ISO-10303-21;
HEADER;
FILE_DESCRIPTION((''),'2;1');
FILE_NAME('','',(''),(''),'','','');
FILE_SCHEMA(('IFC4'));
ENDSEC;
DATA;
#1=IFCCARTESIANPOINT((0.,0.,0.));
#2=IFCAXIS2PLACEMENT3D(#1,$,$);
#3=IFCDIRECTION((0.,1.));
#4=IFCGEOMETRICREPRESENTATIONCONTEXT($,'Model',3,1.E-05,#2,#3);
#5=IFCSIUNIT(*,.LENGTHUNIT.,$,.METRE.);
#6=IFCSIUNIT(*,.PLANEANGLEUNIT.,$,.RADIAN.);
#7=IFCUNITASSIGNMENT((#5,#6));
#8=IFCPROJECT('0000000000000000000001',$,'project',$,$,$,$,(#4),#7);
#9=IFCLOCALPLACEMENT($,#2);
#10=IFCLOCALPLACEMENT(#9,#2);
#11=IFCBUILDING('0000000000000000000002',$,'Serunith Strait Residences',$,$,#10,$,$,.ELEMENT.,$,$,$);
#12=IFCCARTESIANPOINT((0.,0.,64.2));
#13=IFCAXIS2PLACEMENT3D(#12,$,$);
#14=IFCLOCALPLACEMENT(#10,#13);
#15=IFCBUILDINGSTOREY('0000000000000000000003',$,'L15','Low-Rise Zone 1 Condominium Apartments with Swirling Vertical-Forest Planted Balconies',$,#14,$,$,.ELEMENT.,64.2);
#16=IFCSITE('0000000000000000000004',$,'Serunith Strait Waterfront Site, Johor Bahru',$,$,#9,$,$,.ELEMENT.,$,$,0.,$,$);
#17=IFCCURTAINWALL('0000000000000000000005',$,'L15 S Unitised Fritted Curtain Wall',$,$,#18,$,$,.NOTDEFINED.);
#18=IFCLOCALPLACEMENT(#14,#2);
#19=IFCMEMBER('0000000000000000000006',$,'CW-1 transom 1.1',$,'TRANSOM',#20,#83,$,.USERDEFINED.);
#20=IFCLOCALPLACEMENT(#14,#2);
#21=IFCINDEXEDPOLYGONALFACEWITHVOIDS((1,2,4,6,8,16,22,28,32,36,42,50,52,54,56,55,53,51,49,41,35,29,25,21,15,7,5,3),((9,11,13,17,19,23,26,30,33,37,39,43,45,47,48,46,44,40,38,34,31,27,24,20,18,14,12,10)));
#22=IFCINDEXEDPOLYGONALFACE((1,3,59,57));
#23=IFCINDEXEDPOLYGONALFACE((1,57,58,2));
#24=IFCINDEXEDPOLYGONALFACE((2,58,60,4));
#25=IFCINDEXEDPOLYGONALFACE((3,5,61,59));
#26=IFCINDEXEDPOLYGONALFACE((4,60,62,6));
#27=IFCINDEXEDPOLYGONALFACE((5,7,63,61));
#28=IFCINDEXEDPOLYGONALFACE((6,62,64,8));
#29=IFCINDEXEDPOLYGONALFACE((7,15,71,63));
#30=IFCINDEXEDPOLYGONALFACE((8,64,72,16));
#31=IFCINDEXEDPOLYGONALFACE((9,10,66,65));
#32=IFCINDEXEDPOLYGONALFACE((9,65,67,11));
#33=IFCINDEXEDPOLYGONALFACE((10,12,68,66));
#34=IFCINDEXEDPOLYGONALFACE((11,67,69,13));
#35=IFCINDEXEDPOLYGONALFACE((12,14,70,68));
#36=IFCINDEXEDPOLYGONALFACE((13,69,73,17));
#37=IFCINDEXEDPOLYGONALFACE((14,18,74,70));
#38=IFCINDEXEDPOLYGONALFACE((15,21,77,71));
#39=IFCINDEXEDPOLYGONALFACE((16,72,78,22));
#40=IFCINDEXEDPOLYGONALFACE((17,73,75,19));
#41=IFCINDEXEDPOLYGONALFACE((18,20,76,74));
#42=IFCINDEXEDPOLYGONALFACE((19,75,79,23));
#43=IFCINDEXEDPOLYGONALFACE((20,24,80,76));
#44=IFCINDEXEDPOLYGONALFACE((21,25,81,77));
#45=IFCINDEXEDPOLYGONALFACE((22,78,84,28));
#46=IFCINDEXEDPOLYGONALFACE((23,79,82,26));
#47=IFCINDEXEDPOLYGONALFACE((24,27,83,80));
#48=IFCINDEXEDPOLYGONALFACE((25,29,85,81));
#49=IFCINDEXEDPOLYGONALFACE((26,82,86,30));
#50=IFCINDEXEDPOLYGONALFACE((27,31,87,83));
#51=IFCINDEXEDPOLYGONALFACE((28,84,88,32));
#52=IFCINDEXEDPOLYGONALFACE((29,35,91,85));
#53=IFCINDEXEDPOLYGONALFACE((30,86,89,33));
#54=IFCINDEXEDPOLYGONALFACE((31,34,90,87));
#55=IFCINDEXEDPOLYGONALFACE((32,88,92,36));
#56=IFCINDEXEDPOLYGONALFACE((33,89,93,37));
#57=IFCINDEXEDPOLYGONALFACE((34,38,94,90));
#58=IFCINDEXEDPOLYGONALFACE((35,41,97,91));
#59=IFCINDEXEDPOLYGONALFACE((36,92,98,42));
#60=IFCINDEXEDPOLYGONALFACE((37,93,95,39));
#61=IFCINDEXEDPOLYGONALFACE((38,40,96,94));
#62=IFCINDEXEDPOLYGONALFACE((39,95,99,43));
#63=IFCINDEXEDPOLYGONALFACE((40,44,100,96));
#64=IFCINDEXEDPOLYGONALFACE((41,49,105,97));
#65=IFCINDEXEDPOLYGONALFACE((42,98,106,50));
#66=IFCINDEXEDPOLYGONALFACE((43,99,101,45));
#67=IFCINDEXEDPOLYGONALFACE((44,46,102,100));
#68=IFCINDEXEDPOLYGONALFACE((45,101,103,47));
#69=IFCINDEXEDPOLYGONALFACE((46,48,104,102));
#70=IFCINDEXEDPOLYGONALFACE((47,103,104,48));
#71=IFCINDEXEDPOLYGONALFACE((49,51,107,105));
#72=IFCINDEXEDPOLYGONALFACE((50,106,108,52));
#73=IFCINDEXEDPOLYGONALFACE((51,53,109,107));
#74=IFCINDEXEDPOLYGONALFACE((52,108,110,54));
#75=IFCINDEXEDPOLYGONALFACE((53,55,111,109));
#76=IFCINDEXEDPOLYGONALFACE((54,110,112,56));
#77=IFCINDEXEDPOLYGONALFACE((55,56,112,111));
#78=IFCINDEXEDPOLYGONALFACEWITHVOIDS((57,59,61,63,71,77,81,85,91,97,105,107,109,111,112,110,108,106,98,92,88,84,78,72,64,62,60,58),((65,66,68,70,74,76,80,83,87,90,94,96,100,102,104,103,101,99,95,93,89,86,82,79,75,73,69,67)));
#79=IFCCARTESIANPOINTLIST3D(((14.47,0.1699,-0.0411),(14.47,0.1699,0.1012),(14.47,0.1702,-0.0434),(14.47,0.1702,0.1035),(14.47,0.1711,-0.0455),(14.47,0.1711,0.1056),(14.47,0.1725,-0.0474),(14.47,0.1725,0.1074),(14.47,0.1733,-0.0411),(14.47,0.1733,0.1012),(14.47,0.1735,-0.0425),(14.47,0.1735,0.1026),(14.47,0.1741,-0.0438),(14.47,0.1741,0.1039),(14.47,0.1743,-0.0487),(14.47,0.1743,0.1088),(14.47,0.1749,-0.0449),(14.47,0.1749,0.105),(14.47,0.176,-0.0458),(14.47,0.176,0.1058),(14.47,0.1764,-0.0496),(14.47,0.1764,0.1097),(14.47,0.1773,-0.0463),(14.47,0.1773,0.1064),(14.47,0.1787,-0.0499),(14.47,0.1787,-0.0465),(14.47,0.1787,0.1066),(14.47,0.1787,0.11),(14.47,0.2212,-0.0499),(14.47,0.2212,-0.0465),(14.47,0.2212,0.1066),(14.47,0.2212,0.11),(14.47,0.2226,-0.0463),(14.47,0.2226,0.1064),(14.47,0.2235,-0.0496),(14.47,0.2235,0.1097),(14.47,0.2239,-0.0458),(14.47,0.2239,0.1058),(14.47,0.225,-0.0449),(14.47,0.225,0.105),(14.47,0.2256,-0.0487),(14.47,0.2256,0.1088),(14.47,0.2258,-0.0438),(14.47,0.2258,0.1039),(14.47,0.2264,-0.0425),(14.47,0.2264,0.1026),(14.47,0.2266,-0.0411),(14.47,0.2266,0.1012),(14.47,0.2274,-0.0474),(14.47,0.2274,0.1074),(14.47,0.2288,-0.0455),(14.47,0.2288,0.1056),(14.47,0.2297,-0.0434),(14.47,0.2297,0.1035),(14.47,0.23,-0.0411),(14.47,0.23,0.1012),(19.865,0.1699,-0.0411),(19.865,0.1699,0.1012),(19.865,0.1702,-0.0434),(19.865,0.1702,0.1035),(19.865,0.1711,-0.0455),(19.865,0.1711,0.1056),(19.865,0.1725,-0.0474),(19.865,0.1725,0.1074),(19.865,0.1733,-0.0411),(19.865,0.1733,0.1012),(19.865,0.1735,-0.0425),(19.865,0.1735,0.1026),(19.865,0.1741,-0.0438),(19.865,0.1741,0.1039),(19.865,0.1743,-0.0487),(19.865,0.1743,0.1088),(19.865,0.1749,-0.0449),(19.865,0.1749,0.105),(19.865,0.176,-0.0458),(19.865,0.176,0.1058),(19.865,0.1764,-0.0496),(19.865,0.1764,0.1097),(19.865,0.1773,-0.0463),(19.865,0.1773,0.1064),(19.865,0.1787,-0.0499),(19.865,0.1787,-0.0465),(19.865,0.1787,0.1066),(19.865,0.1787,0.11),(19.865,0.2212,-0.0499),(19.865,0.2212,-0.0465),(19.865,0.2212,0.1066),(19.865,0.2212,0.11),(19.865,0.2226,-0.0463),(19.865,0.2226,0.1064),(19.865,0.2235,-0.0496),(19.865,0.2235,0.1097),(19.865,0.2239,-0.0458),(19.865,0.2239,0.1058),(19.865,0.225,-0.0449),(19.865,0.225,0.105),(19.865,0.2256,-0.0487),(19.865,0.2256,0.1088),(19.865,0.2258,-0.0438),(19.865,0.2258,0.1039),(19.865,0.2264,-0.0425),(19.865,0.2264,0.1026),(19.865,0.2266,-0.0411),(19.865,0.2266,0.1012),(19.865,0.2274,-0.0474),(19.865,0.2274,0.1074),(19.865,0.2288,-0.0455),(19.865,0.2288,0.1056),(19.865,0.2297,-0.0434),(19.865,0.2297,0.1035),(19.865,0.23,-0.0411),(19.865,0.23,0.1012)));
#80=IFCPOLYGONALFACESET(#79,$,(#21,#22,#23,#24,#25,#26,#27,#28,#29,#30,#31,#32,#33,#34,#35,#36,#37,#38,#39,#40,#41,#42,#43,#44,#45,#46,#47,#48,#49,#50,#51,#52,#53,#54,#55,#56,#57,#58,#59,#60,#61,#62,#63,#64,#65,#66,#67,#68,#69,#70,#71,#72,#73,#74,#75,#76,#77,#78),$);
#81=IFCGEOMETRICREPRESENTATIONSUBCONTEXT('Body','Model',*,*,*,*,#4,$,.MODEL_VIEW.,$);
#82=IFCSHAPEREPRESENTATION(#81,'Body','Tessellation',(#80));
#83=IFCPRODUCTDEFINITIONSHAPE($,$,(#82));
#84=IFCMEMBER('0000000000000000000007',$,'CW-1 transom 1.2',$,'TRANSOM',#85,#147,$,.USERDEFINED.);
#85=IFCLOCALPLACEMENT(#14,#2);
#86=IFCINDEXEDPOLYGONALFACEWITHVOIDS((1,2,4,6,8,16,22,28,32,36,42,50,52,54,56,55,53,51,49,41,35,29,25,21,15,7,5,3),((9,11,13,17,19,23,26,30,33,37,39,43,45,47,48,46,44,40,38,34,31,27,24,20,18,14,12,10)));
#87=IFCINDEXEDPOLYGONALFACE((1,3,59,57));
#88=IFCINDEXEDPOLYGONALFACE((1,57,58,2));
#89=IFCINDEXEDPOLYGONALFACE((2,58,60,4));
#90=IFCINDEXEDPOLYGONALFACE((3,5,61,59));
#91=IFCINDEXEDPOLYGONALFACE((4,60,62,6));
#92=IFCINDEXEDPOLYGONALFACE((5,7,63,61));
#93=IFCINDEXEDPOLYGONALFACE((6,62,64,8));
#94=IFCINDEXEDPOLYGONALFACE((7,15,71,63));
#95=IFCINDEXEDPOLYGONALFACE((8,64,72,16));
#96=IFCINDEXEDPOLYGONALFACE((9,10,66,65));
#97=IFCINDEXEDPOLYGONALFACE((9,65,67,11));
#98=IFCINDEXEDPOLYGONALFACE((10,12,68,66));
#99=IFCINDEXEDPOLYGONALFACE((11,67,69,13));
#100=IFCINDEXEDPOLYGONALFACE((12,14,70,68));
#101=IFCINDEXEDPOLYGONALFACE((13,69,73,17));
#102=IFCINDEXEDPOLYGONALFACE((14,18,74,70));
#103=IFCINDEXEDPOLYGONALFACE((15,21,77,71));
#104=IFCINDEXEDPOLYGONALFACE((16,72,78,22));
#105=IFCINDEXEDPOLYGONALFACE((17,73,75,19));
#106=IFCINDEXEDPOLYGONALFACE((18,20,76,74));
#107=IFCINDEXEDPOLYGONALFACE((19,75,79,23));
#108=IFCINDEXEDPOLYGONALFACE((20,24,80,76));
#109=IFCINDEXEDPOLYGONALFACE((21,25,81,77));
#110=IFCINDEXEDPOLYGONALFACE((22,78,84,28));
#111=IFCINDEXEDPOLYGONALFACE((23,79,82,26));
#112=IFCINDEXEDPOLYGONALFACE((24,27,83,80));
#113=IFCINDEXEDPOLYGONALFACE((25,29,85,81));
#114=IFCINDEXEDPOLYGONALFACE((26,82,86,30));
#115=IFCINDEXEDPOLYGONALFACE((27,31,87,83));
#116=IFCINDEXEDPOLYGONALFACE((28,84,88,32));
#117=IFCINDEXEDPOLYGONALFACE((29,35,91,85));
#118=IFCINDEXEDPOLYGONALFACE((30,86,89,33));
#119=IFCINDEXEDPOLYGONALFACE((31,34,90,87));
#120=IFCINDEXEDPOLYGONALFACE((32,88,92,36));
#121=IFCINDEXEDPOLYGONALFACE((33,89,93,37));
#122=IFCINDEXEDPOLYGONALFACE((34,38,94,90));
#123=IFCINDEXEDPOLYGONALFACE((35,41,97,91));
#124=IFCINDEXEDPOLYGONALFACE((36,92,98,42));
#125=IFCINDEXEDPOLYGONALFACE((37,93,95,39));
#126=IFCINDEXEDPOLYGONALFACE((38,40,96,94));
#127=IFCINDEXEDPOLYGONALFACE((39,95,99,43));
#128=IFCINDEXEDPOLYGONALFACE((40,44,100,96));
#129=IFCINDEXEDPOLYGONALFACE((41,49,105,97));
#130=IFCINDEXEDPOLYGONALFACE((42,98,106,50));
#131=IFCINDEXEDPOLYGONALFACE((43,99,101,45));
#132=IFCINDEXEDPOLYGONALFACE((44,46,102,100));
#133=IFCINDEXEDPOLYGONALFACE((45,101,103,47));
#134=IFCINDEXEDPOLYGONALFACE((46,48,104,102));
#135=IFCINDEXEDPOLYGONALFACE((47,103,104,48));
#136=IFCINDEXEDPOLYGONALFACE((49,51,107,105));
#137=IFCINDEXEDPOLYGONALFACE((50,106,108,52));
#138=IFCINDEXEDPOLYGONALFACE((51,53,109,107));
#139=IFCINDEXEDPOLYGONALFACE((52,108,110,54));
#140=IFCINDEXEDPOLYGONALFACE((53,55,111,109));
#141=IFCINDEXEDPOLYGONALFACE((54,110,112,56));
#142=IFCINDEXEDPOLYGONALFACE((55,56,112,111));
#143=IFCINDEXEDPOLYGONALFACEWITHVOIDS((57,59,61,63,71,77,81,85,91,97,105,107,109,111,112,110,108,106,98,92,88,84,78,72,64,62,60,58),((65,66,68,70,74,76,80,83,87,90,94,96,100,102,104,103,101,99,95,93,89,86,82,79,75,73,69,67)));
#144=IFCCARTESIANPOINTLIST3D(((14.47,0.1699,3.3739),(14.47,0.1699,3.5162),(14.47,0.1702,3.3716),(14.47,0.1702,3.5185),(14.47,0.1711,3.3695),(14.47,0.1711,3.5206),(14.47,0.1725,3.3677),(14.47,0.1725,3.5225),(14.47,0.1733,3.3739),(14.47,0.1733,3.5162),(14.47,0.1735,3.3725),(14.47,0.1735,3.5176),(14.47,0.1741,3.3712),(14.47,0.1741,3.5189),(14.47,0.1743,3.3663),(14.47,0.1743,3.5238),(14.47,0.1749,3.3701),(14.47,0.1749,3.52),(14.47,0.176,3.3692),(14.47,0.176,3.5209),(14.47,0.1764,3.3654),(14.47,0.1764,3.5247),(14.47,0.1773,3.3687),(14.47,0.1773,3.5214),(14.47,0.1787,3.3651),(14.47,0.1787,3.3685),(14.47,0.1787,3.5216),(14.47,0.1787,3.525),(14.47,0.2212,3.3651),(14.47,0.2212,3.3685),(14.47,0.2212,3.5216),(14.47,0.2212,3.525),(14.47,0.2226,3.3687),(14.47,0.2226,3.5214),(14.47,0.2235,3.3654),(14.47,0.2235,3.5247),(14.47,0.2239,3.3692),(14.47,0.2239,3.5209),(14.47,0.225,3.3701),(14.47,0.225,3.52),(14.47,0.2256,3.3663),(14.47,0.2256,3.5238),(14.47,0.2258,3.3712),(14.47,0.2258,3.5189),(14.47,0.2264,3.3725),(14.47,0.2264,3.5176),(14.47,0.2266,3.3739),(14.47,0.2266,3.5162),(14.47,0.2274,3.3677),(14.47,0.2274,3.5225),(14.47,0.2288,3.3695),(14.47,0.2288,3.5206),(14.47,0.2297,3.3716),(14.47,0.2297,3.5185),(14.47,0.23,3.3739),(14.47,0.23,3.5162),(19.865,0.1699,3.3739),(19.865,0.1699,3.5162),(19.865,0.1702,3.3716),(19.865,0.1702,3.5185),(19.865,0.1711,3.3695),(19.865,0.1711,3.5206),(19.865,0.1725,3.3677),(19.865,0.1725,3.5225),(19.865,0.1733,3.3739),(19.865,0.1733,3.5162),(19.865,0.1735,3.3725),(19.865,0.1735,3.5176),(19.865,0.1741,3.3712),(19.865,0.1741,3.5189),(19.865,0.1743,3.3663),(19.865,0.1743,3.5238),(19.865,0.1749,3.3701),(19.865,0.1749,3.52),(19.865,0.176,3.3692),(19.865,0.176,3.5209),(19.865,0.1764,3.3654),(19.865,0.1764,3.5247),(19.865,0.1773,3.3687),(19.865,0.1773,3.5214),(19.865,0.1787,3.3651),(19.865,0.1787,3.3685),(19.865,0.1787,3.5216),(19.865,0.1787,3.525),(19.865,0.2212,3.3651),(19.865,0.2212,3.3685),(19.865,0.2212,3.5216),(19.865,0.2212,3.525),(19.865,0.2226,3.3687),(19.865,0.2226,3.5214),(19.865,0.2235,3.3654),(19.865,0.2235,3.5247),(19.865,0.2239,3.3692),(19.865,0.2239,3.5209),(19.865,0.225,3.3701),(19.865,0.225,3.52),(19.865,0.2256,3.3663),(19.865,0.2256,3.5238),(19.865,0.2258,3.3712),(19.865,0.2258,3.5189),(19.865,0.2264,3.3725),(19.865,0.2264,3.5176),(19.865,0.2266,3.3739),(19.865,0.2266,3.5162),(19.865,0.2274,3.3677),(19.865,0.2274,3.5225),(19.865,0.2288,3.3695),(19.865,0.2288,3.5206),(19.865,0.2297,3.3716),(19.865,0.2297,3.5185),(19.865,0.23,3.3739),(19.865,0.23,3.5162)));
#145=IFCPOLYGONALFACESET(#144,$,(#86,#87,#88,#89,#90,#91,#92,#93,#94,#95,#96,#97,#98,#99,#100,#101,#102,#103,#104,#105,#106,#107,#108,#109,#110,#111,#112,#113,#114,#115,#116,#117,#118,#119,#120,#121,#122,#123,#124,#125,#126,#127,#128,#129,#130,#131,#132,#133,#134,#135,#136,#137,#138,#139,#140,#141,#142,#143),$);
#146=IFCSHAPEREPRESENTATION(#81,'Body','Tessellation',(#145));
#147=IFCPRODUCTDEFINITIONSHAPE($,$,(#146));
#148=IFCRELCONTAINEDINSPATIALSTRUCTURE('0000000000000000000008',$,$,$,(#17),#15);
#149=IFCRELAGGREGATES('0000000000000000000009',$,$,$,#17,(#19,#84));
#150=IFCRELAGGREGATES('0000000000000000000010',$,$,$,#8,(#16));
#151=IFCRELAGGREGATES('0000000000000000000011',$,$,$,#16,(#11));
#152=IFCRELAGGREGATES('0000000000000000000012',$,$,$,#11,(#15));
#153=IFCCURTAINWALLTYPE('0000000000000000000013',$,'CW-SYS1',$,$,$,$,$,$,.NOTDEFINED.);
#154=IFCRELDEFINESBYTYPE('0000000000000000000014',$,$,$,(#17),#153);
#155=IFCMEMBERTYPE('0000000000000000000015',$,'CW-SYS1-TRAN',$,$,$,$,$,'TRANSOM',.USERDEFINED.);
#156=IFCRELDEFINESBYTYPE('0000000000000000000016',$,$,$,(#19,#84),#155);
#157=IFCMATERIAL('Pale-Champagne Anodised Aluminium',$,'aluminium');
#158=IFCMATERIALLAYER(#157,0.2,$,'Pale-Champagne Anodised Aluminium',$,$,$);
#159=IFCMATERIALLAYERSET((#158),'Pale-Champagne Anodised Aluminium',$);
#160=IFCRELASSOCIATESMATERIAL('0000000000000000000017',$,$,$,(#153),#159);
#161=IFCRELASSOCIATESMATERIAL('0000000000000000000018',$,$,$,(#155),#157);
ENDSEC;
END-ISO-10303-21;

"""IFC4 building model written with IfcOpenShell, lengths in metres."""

from ifc_helpers import new_model, si_unit, direction, frame, origin, origin_2d, place, context, subcontext, project, spatial, hollow_rectangle, extrude, source, transform, mapped, material, layer, layer_set, material_profile, profile_set, type_object, element, aggregate, save


model = new_model("IFC4")

# Units and contexts
model_context = context("Model", 3, precision=1e-05, world=origin(), true_north=direction((0.0, 1.0)))
body_context = subcontext(model_context, "Body", "Model", "MODEL_VIEW")
ifc_project = project(units=[si_unit("LENGTHUNIT", "METRE"), si_unit("PLANEANGLEUNIT", "RADIAN")], contexts=[model_context])

# Site, building, storey
site_placement = place(None, origin())
site = spatial("IfcSite", under=ifc_project, at=site_placement, Name="Serunith Strait Waterfront Site, Johor Bahru", CompositionType="ELEMENT", RefElevation=0.0)
building_placement = place(site_placement, origin())
building = spatial("IfcBuilding", under=site, at=building_placement, Name="Serunith Strait Residences", CompositionType="ELEMENT")
storey_placement = place(building_placement, frame((0.0, 0.0, 64.2)))
storey = spatial("IfcBuildingStorey", under=building, at=storey_placement, Name="L15", Description="Low-Rise Zone 1 Condominium Apartments with Swirling Vertical-Forest Planted Balconies", CompositionType="ELEMENT", Elevation=64.2)

# Curtain wall
ifc_material_1 = material(Name="Pale-Champagne Anodised Aluminium", Category="aluminium")
ifc_layer_1 = layer(ifc_material_1, 0.2, Name="Pale-Champagne Anodised Aluminium")
ifc_layer_set_1 = layer_set([ifc_layer_1], Name="Pale-Champagne Anodised Aluminium")
curtain_wall_type = type_object("IfcCurtainWallType", Name="CW-SYS1", PredefinedType="NOTDEFINED", material=ifc_layer_set_1)
curtain_wall_1_placement = place(storey_placement, origin())
curtain_wall_1 = element("IfcCurtainWall", 1, at=curtain_wall_1_placement, inside=storey, type_object=curtain_wall_type, Name="L15 S Unitised Fritted Curtain Wall", PredefinedType="NOTDEFINED")

# Members
ifc_material_profile_1 = material_profile(ifc_material_1, hollow_rectangle(XDim=0.0601, YDim=0.1599, WallThickness=0.0034, InnerFilletRadius=0.0054, OuterFilletRadius=0.0088, at=origin_2d()), Name="ALU 160x60x3.5")
ifc_profile_set_1 = profile_set([ifc_material_profile_1], Name="Pale-Champagne Anodised Aluminium")
member_type_1 = type_object("IfcMemberType", Name="CW-SYS1-TRAN", ElementType="TRANSOM", PredefinedType="USERDEFINED", material=ifc_profile_set_1)
shared_shape_1 = source(origin(), body_context, "Body", "SweptSolid", [
    extrude(hollow_rectangle(XDim=0.0601, YDim=0.1599, WallThickness=0.0034, InnerFilletRadius=0.0054, OuterFilletRadius=0.0088, at=origin_2d()), origin(), (0.0, 0.0, 1.0), 5.395),
])
member_1_placement = place(storey_placement, frame((14.47, 0.2, 0.03), z_axis=(1.0, 0.0, 0.0), x_axis=(0.0, 1.0, 0.0)))
member_1 = element("IfcMember", 2, at=member_1_placement, type_object=member_type_1, Name="CW-1 transom 1.1", ObjectType="TRANSOM", PredefinedType="USERDEFINED", context=body_context, shape_type="MappedRepresentation", body=[
    mapped(shared_shape_1, transform((0.0, 0.0, 0.0), scale=1.0)),
])
member_2_placement = place(storey_placement, frame((14.47, 0.2, 3.4451), z_axis=(1.0, 0.0, 0.0), x_axis=(0.0, 1.0, 0.0)))
member_2 = element("IfcMember", 3, at=member_2_placement, type_object=member_type_1, Name="CW-1 transom 1.2", ObjectType="TRANSOM", PredefinedType="USERDEFINED", context=body_context, shape_type="MappedRepresentation", body=[
    mapped(shared_shape_1, transform((0.0, 0.0, 0.0), scale=1.0)),
])
aggregate(curtain_wall_1, [member_1, member_2])

save(model, "model.ifc")
